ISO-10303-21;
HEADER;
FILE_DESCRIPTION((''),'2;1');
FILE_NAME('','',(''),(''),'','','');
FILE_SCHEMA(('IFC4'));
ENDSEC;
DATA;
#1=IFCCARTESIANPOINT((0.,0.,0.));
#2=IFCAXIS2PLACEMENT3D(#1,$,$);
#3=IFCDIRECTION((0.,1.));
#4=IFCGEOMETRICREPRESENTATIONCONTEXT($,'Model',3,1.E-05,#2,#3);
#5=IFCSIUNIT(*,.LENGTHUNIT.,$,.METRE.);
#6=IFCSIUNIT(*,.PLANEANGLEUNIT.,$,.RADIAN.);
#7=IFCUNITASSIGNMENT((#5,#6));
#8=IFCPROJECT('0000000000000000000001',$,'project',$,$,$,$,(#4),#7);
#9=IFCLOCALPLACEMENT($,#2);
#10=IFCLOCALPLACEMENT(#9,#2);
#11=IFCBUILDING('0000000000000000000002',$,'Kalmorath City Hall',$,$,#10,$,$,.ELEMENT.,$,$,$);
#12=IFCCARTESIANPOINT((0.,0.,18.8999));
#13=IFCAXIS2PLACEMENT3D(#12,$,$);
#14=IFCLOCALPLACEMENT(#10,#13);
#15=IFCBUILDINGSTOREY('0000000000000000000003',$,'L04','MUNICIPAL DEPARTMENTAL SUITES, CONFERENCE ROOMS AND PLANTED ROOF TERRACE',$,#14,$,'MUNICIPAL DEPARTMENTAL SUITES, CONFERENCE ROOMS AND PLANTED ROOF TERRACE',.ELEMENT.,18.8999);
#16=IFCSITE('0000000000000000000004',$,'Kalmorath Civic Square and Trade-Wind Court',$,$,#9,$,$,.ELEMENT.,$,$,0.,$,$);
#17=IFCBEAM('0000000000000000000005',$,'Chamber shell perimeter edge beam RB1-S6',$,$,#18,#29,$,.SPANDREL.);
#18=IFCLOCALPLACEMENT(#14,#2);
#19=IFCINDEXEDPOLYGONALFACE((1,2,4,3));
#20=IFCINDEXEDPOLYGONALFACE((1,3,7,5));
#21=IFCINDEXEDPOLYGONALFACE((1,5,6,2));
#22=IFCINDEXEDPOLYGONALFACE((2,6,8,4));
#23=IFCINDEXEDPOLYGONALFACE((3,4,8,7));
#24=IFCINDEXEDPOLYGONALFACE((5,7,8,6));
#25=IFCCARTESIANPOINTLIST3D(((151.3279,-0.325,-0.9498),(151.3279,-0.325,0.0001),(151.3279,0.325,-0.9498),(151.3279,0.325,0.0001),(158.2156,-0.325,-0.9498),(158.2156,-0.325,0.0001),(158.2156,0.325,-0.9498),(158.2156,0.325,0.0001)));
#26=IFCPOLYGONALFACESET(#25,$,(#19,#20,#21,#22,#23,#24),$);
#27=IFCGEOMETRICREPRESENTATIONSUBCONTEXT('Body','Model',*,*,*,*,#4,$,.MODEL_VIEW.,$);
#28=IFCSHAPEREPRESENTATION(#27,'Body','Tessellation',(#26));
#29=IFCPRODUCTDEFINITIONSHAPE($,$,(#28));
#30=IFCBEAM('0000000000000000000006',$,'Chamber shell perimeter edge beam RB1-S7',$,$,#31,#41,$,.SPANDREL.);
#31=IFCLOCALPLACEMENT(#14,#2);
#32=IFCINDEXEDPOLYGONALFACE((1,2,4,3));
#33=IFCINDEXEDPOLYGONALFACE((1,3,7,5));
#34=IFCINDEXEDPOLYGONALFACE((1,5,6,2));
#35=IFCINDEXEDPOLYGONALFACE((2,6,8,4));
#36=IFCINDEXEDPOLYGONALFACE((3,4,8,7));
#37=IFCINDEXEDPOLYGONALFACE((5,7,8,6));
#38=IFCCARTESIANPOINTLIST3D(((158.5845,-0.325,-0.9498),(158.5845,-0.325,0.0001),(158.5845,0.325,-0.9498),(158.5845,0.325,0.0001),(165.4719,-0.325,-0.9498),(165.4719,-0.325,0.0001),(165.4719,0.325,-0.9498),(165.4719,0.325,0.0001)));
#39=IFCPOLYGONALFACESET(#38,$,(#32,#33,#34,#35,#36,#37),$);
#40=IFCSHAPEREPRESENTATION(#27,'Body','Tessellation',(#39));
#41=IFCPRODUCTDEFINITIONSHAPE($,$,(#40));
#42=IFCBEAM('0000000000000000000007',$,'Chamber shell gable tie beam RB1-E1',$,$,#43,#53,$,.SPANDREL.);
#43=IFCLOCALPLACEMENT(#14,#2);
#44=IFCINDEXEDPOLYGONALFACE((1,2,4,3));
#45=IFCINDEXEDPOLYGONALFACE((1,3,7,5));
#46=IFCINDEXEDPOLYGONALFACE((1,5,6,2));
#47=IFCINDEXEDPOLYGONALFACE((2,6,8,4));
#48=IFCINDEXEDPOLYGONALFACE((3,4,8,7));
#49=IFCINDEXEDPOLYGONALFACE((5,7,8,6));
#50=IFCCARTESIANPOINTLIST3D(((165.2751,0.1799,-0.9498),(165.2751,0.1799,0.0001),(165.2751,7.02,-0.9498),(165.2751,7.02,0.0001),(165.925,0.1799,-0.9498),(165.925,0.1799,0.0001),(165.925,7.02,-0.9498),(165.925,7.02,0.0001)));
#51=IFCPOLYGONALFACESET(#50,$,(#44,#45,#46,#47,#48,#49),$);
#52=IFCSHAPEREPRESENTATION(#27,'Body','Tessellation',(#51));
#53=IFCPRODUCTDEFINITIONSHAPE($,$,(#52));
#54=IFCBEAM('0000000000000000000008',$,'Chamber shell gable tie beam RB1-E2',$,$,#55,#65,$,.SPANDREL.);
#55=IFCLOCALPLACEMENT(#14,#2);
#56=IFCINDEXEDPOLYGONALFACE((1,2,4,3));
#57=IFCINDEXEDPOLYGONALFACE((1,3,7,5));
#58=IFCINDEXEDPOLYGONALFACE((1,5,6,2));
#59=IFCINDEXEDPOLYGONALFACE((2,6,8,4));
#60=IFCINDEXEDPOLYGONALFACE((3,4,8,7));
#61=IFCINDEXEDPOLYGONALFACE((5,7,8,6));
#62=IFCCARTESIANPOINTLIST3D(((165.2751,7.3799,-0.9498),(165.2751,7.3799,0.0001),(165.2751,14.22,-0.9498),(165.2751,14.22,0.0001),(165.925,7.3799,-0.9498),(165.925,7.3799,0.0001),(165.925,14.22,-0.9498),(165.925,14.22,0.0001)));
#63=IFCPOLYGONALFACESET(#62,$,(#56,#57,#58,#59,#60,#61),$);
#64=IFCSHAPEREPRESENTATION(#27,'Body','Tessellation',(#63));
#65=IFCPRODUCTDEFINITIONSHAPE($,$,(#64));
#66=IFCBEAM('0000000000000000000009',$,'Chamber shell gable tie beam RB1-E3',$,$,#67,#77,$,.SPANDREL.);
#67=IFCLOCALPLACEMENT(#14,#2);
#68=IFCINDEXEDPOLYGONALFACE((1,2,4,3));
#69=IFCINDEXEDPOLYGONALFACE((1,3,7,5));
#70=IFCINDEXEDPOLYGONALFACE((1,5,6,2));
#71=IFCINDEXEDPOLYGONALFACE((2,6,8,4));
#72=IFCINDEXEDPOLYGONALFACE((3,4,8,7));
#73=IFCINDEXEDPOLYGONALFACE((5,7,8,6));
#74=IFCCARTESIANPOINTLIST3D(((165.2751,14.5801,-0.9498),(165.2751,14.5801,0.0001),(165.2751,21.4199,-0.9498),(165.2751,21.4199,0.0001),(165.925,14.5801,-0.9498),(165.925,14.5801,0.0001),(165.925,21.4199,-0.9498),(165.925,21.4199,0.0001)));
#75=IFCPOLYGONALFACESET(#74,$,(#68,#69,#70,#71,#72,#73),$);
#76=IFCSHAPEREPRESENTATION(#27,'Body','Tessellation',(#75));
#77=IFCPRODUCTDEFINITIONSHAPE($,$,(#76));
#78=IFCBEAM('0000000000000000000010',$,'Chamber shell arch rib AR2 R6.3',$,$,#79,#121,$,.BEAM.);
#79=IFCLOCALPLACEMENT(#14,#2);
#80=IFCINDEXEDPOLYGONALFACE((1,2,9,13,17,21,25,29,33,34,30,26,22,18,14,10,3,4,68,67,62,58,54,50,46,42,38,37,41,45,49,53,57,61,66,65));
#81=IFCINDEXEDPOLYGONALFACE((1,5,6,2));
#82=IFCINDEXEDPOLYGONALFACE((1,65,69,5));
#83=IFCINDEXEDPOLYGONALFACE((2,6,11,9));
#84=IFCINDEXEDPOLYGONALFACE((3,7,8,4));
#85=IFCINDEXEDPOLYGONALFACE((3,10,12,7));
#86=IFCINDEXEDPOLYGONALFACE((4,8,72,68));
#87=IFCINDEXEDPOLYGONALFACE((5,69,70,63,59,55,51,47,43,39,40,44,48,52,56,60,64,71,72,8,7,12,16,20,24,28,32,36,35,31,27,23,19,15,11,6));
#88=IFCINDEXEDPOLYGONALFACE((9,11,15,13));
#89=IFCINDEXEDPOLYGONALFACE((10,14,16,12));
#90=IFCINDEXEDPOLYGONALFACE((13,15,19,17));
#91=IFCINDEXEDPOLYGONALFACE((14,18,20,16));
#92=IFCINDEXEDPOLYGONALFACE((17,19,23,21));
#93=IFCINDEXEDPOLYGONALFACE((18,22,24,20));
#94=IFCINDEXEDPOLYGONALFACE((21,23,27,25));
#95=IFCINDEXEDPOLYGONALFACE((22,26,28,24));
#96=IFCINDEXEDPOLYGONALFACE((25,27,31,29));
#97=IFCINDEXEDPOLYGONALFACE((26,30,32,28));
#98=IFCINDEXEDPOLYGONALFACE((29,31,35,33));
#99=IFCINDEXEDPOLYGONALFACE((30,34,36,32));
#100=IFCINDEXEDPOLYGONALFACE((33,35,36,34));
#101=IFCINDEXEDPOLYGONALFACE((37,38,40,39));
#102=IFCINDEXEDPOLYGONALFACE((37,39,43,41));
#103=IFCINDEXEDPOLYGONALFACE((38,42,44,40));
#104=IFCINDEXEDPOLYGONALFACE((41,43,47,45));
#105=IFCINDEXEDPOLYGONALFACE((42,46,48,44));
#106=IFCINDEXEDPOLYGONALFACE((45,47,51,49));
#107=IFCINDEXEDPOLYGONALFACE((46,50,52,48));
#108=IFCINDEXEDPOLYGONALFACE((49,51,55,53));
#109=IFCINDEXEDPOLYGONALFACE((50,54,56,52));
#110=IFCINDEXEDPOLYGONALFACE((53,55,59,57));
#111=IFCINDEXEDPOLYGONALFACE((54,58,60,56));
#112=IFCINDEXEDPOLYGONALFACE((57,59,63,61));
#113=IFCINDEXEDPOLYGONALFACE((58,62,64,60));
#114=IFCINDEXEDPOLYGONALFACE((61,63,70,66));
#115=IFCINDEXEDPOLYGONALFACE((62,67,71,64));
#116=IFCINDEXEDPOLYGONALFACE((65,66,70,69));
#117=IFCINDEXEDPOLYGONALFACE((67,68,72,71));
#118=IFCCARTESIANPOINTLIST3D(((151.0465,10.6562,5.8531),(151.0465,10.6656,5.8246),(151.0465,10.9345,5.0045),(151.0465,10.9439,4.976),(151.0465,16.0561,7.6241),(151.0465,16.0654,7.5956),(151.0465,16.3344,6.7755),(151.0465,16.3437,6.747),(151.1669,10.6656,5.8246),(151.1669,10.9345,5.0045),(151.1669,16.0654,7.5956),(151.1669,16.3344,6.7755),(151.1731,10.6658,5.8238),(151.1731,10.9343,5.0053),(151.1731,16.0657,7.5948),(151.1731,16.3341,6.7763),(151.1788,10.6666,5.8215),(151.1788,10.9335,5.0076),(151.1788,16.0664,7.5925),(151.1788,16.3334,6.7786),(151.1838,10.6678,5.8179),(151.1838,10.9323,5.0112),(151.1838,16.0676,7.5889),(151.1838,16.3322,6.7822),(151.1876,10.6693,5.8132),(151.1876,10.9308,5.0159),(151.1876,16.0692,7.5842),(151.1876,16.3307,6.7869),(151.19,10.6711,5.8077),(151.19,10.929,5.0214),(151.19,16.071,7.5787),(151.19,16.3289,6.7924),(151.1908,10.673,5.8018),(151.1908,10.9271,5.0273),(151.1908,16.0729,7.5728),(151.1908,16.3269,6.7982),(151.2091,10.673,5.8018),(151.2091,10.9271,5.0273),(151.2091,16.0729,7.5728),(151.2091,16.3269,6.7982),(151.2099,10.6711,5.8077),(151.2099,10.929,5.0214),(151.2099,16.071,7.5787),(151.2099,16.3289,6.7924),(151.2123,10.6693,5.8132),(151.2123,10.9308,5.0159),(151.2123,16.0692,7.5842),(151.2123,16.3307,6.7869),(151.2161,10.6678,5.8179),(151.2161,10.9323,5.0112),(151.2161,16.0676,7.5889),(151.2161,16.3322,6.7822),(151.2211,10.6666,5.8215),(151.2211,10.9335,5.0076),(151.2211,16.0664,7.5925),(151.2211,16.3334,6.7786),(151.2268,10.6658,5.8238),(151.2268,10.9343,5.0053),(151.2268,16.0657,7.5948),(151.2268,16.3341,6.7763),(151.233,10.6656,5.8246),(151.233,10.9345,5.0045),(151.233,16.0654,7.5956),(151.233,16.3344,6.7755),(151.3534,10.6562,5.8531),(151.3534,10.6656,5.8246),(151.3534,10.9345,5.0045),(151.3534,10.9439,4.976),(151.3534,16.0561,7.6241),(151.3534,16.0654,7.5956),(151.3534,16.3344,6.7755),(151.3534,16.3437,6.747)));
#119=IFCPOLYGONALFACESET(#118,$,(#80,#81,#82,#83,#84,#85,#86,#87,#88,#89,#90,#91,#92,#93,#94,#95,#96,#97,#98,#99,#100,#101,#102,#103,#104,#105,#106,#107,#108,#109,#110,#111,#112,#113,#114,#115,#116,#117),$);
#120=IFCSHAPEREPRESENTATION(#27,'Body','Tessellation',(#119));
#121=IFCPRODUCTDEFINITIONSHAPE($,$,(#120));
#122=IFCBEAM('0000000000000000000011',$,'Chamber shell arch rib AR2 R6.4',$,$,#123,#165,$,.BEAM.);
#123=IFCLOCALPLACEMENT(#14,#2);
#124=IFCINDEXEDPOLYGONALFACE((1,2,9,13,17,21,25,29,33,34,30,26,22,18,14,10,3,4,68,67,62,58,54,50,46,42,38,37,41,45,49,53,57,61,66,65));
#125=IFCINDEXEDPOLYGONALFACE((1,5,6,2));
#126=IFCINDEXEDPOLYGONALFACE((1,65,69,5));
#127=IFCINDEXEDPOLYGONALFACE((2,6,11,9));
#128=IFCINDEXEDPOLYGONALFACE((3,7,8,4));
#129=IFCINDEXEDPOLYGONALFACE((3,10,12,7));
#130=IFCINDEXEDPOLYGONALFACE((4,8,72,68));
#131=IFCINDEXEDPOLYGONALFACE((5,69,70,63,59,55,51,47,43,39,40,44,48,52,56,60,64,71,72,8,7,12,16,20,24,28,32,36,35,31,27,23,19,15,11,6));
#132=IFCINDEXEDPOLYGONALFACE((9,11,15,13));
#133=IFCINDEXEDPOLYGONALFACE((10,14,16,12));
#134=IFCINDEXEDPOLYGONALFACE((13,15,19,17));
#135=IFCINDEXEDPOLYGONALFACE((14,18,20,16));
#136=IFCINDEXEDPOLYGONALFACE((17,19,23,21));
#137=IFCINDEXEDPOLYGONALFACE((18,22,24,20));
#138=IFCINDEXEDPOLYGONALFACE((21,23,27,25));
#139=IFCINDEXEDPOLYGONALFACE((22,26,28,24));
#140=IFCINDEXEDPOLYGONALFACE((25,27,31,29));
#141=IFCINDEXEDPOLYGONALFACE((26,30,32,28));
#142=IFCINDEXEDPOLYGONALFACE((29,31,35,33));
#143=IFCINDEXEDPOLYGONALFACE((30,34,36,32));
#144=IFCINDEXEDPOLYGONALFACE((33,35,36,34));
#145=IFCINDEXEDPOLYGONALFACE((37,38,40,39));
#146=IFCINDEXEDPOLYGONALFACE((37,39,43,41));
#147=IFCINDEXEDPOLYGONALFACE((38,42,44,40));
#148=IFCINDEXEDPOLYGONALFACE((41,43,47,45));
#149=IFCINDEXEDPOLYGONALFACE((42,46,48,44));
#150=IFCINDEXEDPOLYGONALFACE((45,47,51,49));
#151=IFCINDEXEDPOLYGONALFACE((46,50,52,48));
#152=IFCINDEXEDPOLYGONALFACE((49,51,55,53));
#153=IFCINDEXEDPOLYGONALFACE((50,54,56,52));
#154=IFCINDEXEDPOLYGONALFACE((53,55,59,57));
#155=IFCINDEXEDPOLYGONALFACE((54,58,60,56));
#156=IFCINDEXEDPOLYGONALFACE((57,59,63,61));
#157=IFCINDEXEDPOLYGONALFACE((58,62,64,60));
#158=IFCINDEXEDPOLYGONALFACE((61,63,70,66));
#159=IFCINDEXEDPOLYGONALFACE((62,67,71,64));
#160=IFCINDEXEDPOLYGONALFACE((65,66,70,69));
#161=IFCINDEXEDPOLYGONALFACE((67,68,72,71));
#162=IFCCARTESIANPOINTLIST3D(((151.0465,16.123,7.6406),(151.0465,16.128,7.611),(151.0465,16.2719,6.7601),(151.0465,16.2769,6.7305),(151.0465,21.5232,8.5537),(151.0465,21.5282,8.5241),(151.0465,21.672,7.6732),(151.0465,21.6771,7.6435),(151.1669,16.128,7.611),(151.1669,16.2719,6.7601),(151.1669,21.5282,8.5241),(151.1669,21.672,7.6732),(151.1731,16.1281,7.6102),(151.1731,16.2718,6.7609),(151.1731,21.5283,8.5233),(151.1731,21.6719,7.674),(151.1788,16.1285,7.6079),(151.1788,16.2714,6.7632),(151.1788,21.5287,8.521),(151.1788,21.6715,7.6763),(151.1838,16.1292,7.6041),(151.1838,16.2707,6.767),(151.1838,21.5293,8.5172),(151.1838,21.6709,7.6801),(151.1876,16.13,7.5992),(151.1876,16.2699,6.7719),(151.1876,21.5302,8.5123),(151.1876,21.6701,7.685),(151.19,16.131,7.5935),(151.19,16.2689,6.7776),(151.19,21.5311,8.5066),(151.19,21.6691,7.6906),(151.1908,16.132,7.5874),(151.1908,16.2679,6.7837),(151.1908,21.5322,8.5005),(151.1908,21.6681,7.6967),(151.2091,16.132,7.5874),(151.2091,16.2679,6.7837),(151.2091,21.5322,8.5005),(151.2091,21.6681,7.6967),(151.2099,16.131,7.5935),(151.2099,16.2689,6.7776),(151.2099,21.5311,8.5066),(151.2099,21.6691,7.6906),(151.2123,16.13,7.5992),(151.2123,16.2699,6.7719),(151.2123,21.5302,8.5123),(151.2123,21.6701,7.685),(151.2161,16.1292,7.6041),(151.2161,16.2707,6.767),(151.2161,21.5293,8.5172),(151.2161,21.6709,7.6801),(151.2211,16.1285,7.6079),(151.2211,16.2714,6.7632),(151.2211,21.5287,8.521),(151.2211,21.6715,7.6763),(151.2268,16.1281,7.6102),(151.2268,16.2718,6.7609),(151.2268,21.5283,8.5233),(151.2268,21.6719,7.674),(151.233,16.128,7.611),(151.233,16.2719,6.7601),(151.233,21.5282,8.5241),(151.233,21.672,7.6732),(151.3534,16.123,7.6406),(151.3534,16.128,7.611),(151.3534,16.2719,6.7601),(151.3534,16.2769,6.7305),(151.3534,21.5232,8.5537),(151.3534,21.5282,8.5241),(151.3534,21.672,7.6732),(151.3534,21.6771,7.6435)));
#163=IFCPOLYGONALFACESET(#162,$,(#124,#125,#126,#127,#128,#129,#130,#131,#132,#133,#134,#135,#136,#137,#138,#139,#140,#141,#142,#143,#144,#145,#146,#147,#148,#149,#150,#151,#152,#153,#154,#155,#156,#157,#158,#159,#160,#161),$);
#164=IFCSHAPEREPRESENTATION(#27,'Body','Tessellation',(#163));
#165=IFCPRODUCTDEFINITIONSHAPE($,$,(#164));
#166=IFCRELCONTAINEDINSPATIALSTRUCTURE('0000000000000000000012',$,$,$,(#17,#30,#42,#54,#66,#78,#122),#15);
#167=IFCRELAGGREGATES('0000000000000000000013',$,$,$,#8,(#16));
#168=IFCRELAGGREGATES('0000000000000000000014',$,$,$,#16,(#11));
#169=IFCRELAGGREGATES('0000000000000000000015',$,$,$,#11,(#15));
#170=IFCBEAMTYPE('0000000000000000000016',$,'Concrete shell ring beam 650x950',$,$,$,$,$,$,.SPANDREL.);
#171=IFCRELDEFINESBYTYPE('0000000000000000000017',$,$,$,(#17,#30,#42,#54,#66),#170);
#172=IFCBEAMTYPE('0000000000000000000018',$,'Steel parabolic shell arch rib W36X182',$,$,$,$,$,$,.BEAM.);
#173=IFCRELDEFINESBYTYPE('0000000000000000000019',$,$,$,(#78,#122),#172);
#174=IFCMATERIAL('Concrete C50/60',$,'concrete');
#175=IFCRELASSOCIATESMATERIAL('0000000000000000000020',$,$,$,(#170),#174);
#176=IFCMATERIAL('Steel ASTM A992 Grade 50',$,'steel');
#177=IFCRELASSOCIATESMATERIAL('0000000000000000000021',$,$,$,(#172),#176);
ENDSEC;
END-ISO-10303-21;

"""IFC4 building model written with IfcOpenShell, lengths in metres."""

from ifc_helpers import new_model, si_unit, direction, frame, origin, origin_2d, place, context, subcontext, project, spatial, rectangle, i_section, extrude, material, material_profile, profile_set, type_object, element, save


model = new_model("IFC4")

# Units and contexts
model_context = context("Model", 3, precision=1e-05, world=origin(), true_north=direction((0.0, 1.0)))
body_context = subcontext(model_context, "Body", "Model", "MODEL_VIEW")
ifc_project = project(units=[si_unit("LENGTHUNIT", "METRE"), si_unit("PLANEANGLEUNIT", "RADIAN")], contexts=[model_context])

# Site, building, storey
site_placement = place(None, origin())
site = spatial("IfcSite", under=ifc_project, at=site_placement, Name="Kalmorath Civic Square and Trade-Wind Court", CompositionType="ELEMENT", RefElevation=0.0)
building_placement = place(site_placement, origin())
building = spatial("IfcBuilding", under=site, at=building_placement, Name="Kalmorath City Hall", CompositionType="ELEMENT")
storey_placement = place(building_placement, frame((0.0, 0.0, 18.8999)))
storey = spatial("IfcBuildingStorey", under=building, at=storey_placement, Name="L04", Description="MUNICIPAL DEPARTMENTAL SUITES, CONFERENCE ROOMS AND PLANTED ROOF TERRACE", LongName="MUNICIPAL DEPARTMENTAL SUITES, CONFERENCE ROOMS AND PLANTED ROOF TERRACE", CompositionType="ELEMENT", Elevation=18.8999)

# Beams
ifc_material_1 = material(Name="Concrete C50/60", Category="concrete")
ifc_material_profile_1 = material_profile(ifc_material_1, rectangle(XDim=0.6499, YDim=0.95, at=origin_2d()), Name="RC-RING-650X950")
ifc_profile_set_1 = profile_set([ifc_material_profile_1], Name="Concrete C50/60")
beam_type_1 = type_object("IfcBeamType", Name="Concrete shell ring beam 650x950", PredefinedType="SPANDREL", material=ifc_profile_set_1)
beam_1_placement = place(storey_placement, frame((151.3279, 0.0, -0.4749), z_axis=(1.0, 0.0, 0.0), x_axis=(0.0, 1.0, 0.0)))
element("IfcBeam", 1, at=beam_1_placement, inside=storey, type_object=beam_type_1, Name="Chamber shell perimeter edge beam RB1-S6", PredefinedType="SPANDREL", context=body_context, shape_type="SweptSolid", body=[
    extrude(rectangle(XDim=0.6499, YDim=0.95, at=origin_2d()), origin(), (0.0, 0.0, 1.0), 6.8877),
])
beam_2_placement = place(storey_placement, frame((158.5845, 0.0, -0.4749), z_axis=(1.0, 0.0, 0.0), x_axis=(0.0, 1.0, 0.0)))
element("IfcBeam", 2, at=beam_2_placement, inside=storey, type_object=beam_type_1, Name="Chamber shell perimeter edge beam RB1-S7", PredefinedType="SPANDREL", context=body_context, shape_type="SweptSolid", body=[
    extrude(rectangle(XDim=0.6499, YDim=0.95, at=origin_2d()), origin(), (0.0, 0.0, 1.0), 6.8875),
])
for number, where, z_axis, x_axis, name in (
    (3, (165.6001, 0.1799, -0.4749), (0.0, 1.0, 0.0), (-1.0, 0.0, 0.0), "Chamber shell gable tie beam RB1-E1"),
    (4, (165.6001, 7.3799, -0.4749), (0.0, 1.0, 0.0), (-1.0, 0.0, 0.0), "Chamber shell gable tie beam RB1-E2"),
):
    element("IfcBeam", number, at=place(storey_placement, frame(where, z_axis=z_axis, x_axis=x_axis)), inside=storey, type_object=beam_type_1, Name=name, PredefinedType="SPANDREL", context=body_context, shape_type="SweptSolid", body=[
        extrude(rectangle(XDim=0.6499, YDim=0.95, at=origin_2d()), origin(), (0.0, 0.0, 1.0), 6.8401),
    ])
beam_3_placement = place(storey_placement, frame((165.6001, 14.5801, -0.4749), z_axis=(0.0, 1.0, 0.0), x_axis=(-1.0, 0.0, 0.0)))
element("IfcBeam", 5, at=beam_3_placement, inside=storey, type_object=beam_type_1, Name="Chamber shell gable tie beam RB1-E3", PredefinedType="SPANDREL", context=body_context, shape_type="SweptSolid", body=[
    extrude(rectangle(XDim=0.6499, YDim=0.95, at=origin_2d()), origin(), (0.0, 0.0, 1.0), 6.8398),
])
ifc_material_2 = material(Name="Steel ASTM A992 Grade 50", Category="steel")
ifc_material_profile_2 = material_profile(ifc_material_2, i_section(OverallWidth=0.3069, OverallDepth=0.9231, WebThickness=0.0183, FlangeThickness=0.03, FilletRadius=0.0239, at=origin_2d()), Name="W36X182")
ifc_profile_set_2 = profile_set([ifc_material_profile_2], Name="Steel ASTM A992 Grade 50")
beam_type_2 = type_object("IfcBeamType", Name="Steel parabolic shell arch rib W36X182", PredefinedType="BEAM", material=ifc_profile_set_2)
beam_4_placement = place(storey_placement, frame((151.2, 10.8, 5.4146), z_axis=(0.0, 0.950202, 0.311636), x_axis=(-1.0, 0.0, 0.0)))
element("IfcBeam", 6, at=beam_4_placement, inside=storey, type_object=beam_type_2, Name="Chamber shell arch rib AR2 R6.3", PredefinedType="BEAM", context=body_context, shape_type="SweptSolid", body=[
    extrude(i_section(OverallWidth=0.3069, OverallDepth=0.9231, WebThickness=0.0183, FlangeThickness=0.03, FilletRadius=0.0239, at=origin_2d()), origin(), (0.0, 0.0, 1.0), 5.6829),
])
beam_5_placement = place(storey_placement, frame((151.2, 16.2, 7.1855), z_axis=(0.0, 0.986004, 0.166719), x_axis=(-1.0, 0.0, 0.0)))
element("IfcBeam", 7, at=beam_5_placement, inside=storey, type_object=beam_type_2, Name="Chamber shell arch rib AR2 R6.4", PredefinedType="BEAM", context=body_context, shape_type="SweptSolid", body=[
    extrude(i_section(OverallWidth=0.3069, OverallDepth=0.9231, WebThickness=0.0183, FlangeThickness=0.03, FilletRadius=0.0239, at=origin_2d()), origin(), (0.0, 0.0, 1.0), 5.4768),
])

save(model, "model.ifc")
